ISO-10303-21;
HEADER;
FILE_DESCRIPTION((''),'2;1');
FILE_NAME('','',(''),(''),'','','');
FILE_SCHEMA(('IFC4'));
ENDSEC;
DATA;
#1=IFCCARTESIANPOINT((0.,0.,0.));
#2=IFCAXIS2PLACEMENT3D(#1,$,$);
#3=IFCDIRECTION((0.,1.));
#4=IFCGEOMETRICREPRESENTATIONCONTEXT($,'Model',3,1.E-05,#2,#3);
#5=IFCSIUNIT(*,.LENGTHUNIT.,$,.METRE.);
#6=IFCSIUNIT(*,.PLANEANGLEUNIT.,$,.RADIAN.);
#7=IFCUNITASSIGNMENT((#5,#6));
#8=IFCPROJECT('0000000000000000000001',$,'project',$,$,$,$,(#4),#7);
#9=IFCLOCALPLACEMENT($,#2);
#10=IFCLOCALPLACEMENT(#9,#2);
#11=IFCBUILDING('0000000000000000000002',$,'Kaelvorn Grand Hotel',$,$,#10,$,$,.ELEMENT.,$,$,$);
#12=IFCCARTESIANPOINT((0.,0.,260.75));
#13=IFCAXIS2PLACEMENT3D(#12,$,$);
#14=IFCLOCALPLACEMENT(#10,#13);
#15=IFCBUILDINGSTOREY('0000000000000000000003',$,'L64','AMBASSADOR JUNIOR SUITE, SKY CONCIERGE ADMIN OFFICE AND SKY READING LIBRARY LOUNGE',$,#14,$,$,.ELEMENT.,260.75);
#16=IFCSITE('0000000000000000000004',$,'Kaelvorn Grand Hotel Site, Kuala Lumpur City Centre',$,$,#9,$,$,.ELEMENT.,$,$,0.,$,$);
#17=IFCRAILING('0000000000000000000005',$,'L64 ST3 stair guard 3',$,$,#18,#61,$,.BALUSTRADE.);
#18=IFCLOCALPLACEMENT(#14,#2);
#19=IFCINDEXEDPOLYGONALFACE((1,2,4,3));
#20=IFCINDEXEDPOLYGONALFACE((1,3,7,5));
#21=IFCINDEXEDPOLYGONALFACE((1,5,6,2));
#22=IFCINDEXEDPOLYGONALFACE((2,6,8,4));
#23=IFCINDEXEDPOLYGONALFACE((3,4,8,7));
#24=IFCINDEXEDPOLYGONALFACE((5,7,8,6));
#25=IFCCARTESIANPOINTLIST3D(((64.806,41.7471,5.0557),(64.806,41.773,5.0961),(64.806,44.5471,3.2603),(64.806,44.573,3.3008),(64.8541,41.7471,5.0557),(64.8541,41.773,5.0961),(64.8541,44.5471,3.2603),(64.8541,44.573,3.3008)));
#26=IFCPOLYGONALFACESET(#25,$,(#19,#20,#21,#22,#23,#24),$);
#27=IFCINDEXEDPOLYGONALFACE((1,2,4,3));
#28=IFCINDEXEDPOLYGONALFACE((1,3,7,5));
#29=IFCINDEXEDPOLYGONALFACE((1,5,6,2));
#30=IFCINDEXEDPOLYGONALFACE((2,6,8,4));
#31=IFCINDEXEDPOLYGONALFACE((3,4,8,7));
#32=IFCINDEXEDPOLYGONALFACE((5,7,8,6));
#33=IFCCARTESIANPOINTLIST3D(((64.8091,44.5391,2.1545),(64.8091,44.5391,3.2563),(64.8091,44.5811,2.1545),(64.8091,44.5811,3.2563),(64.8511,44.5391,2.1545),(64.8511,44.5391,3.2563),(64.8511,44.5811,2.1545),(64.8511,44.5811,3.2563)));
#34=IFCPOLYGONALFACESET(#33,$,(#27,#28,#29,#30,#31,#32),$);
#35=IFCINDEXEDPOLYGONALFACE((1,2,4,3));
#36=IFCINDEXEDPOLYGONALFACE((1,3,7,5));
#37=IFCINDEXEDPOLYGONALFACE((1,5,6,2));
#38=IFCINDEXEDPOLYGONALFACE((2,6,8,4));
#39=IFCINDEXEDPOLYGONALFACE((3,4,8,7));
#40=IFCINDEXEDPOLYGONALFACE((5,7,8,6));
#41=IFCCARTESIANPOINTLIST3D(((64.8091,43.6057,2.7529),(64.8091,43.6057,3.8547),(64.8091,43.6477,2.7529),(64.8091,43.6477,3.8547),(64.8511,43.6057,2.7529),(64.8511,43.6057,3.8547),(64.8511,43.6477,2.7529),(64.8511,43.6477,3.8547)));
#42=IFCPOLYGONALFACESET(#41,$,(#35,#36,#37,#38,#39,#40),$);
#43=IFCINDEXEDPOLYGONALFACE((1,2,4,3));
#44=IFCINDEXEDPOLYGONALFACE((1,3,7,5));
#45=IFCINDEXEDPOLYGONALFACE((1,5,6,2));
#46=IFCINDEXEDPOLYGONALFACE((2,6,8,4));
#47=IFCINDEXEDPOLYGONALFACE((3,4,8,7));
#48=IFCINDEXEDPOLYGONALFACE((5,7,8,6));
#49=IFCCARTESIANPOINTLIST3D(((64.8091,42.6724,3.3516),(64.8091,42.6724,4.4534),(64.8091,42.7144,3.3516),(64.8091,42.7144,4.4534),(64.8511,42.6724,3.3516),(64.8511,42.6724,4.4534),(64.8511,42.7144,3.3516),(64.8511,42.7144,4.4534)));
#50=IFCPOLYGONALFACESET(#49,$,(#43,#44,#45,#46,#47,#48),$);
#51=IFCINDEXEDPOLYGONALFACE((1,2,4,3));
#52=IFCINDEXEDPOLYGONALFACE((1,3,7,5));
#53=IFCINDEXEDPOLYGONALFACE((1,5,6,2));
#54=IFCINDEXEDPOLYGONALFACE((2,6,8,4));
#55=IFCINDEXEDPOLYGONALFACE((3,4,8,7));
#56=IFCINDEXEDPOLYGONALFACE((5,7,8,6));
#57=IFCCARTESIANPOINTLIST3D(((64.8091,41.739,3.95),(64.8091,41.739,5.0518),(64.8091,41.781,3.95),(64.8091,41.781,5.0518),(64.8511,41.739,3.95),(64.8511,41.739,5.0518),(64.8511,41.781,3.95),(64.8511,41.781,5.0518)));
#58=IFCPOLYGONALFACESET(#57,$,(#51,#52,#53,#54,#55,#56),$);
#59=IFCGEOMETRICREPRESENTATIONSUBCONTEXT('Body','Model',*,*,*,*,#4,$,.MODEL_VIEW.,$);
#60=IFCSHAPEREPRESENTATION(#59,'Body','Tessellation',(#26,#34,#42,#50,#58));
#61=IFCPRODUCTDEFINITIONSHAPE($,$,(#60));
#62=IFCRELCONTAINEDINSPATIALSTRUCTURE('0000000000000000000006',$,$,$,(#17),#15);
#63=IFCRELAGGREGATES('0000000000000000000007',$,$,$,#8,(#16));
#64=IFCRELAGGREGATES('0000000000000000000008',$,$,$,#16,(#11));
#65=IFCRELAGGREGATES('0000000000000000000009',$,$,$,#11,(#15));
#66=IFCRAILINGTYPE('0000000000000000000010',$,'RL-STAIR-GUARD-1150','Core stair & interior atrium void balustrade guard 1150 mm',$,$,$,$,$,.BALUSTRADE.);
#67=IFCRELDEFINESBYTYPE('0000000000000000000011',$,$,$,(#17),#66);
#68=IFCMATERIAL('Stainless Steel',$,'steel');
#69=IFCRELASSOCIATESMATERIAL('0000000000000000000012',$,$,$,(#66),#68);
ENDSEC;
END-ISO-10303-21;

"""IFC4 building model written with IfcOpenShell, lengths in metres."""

from ifc_helpers import new_model, si_unit, direction, frame, origin, origin_2d, place, context, subcontext, project, spatial, rectangle, extrude, material, type_object, element, save


model = new_model("IFC4")

# Units and contexts
model_context = context("Model", 3, precision=1e-05, world=origin(), true_north=direction((0.0, 1.0)))
body_context = subcontext(model_context, "Body", "Model", "MODEL_VIEW")
ifc_project = project(units=[si_unit("LENGTHUNIT", "METRE"), si_unit("PLANEANGLEUNIT", "RADIAN")], contexts=[model_context])

# Site, building, storey
site_placement = place(None, origin())
site = spatial("IfcSite", under=ifc_project, at=site_placement, Name="Kaelvorn Grand Hotel Site, Kuala Lumpur City Centre", CompositionType="ELEMENT", RefElevation=0.0)
building_placement = place(site_placement, origin())
building = spatial("IfcBuilding", under=site, at=building_placement, Name="Kaelvorn Grand Hotel", CompositionType="ELEMENT")
storey_placement = place(building_placement, frame((0.0, 0.0, 260.75)))
storey = spatial("IfcBuildingStorey", under=building, at=storey_placement, Name="L64", Description="AMBASSADOR JUNIOR SUITE, SKY CONCIERGE ADMIN OFFICE AND SKY READING LIBRARY LOUNGE", CompositionType="ELEMENT", Elevation=260.75)

# Shared definitions
ifc_material_1 = material(Name="Stainless Steel", Category="steel")

# Railing
railing_type_1 = type_object("IfcRailingType", Name="RL-STAIR-GUARD-1150", Description="Core stair & interior atrium void balustrade guard 1150 mm", PredefinedType="BALUSTRADE", material=ifc_material_1)
railing_1_placement = place(storey_placement, frame((64.8301, 44.5601, 2.1545)))
element("IfcRailing", 1, at=railing_1_placement, inside=storey, type_object=railing_type_1, Name="L64 ST3 stair guard 3", PredefinedType="BALUSTRADE", context=body_context, shape_type="SweptSolid", body=[
    extrude(rectangle(XDim=0.0481, YDim=0.0481, at=origin_2d()), frame((0.0, 0.0, 1.126), z_axis=(0.0, -0.84181, 0.539774), x_axis=(1.0, 0.0, 0.0)), (0.0, 0.0, 1.0), 3.3262),
    extrude(rectangle(XDim=0.042, YDim=0.042, at=origin_2d()), origin(), (0.0, 0.0, 1.0), 1.1018),
    extrude(rectangle(XDim=0.042, YDim=0.042, at=origin_2d()), frame((0.0, -0.9333, 0.5984)), (0.0, 0.0, 1.0), 1.1018),
    extrude(rectangle(XDim=0.042, YDim=0.042, at=origin_2d()), frame((0.0, -1.8667, 1.197)), (0.0, 0.0, 1.0), 1.1018),
    extrude(rectangle(XDim=0.042, YDim=0.042, at=origin_2d()), frame((0.0, -2.8, 1.7954)), (0.0, 0.0, 1.0), 1.1018),
])

save(model, "model.ifc")
